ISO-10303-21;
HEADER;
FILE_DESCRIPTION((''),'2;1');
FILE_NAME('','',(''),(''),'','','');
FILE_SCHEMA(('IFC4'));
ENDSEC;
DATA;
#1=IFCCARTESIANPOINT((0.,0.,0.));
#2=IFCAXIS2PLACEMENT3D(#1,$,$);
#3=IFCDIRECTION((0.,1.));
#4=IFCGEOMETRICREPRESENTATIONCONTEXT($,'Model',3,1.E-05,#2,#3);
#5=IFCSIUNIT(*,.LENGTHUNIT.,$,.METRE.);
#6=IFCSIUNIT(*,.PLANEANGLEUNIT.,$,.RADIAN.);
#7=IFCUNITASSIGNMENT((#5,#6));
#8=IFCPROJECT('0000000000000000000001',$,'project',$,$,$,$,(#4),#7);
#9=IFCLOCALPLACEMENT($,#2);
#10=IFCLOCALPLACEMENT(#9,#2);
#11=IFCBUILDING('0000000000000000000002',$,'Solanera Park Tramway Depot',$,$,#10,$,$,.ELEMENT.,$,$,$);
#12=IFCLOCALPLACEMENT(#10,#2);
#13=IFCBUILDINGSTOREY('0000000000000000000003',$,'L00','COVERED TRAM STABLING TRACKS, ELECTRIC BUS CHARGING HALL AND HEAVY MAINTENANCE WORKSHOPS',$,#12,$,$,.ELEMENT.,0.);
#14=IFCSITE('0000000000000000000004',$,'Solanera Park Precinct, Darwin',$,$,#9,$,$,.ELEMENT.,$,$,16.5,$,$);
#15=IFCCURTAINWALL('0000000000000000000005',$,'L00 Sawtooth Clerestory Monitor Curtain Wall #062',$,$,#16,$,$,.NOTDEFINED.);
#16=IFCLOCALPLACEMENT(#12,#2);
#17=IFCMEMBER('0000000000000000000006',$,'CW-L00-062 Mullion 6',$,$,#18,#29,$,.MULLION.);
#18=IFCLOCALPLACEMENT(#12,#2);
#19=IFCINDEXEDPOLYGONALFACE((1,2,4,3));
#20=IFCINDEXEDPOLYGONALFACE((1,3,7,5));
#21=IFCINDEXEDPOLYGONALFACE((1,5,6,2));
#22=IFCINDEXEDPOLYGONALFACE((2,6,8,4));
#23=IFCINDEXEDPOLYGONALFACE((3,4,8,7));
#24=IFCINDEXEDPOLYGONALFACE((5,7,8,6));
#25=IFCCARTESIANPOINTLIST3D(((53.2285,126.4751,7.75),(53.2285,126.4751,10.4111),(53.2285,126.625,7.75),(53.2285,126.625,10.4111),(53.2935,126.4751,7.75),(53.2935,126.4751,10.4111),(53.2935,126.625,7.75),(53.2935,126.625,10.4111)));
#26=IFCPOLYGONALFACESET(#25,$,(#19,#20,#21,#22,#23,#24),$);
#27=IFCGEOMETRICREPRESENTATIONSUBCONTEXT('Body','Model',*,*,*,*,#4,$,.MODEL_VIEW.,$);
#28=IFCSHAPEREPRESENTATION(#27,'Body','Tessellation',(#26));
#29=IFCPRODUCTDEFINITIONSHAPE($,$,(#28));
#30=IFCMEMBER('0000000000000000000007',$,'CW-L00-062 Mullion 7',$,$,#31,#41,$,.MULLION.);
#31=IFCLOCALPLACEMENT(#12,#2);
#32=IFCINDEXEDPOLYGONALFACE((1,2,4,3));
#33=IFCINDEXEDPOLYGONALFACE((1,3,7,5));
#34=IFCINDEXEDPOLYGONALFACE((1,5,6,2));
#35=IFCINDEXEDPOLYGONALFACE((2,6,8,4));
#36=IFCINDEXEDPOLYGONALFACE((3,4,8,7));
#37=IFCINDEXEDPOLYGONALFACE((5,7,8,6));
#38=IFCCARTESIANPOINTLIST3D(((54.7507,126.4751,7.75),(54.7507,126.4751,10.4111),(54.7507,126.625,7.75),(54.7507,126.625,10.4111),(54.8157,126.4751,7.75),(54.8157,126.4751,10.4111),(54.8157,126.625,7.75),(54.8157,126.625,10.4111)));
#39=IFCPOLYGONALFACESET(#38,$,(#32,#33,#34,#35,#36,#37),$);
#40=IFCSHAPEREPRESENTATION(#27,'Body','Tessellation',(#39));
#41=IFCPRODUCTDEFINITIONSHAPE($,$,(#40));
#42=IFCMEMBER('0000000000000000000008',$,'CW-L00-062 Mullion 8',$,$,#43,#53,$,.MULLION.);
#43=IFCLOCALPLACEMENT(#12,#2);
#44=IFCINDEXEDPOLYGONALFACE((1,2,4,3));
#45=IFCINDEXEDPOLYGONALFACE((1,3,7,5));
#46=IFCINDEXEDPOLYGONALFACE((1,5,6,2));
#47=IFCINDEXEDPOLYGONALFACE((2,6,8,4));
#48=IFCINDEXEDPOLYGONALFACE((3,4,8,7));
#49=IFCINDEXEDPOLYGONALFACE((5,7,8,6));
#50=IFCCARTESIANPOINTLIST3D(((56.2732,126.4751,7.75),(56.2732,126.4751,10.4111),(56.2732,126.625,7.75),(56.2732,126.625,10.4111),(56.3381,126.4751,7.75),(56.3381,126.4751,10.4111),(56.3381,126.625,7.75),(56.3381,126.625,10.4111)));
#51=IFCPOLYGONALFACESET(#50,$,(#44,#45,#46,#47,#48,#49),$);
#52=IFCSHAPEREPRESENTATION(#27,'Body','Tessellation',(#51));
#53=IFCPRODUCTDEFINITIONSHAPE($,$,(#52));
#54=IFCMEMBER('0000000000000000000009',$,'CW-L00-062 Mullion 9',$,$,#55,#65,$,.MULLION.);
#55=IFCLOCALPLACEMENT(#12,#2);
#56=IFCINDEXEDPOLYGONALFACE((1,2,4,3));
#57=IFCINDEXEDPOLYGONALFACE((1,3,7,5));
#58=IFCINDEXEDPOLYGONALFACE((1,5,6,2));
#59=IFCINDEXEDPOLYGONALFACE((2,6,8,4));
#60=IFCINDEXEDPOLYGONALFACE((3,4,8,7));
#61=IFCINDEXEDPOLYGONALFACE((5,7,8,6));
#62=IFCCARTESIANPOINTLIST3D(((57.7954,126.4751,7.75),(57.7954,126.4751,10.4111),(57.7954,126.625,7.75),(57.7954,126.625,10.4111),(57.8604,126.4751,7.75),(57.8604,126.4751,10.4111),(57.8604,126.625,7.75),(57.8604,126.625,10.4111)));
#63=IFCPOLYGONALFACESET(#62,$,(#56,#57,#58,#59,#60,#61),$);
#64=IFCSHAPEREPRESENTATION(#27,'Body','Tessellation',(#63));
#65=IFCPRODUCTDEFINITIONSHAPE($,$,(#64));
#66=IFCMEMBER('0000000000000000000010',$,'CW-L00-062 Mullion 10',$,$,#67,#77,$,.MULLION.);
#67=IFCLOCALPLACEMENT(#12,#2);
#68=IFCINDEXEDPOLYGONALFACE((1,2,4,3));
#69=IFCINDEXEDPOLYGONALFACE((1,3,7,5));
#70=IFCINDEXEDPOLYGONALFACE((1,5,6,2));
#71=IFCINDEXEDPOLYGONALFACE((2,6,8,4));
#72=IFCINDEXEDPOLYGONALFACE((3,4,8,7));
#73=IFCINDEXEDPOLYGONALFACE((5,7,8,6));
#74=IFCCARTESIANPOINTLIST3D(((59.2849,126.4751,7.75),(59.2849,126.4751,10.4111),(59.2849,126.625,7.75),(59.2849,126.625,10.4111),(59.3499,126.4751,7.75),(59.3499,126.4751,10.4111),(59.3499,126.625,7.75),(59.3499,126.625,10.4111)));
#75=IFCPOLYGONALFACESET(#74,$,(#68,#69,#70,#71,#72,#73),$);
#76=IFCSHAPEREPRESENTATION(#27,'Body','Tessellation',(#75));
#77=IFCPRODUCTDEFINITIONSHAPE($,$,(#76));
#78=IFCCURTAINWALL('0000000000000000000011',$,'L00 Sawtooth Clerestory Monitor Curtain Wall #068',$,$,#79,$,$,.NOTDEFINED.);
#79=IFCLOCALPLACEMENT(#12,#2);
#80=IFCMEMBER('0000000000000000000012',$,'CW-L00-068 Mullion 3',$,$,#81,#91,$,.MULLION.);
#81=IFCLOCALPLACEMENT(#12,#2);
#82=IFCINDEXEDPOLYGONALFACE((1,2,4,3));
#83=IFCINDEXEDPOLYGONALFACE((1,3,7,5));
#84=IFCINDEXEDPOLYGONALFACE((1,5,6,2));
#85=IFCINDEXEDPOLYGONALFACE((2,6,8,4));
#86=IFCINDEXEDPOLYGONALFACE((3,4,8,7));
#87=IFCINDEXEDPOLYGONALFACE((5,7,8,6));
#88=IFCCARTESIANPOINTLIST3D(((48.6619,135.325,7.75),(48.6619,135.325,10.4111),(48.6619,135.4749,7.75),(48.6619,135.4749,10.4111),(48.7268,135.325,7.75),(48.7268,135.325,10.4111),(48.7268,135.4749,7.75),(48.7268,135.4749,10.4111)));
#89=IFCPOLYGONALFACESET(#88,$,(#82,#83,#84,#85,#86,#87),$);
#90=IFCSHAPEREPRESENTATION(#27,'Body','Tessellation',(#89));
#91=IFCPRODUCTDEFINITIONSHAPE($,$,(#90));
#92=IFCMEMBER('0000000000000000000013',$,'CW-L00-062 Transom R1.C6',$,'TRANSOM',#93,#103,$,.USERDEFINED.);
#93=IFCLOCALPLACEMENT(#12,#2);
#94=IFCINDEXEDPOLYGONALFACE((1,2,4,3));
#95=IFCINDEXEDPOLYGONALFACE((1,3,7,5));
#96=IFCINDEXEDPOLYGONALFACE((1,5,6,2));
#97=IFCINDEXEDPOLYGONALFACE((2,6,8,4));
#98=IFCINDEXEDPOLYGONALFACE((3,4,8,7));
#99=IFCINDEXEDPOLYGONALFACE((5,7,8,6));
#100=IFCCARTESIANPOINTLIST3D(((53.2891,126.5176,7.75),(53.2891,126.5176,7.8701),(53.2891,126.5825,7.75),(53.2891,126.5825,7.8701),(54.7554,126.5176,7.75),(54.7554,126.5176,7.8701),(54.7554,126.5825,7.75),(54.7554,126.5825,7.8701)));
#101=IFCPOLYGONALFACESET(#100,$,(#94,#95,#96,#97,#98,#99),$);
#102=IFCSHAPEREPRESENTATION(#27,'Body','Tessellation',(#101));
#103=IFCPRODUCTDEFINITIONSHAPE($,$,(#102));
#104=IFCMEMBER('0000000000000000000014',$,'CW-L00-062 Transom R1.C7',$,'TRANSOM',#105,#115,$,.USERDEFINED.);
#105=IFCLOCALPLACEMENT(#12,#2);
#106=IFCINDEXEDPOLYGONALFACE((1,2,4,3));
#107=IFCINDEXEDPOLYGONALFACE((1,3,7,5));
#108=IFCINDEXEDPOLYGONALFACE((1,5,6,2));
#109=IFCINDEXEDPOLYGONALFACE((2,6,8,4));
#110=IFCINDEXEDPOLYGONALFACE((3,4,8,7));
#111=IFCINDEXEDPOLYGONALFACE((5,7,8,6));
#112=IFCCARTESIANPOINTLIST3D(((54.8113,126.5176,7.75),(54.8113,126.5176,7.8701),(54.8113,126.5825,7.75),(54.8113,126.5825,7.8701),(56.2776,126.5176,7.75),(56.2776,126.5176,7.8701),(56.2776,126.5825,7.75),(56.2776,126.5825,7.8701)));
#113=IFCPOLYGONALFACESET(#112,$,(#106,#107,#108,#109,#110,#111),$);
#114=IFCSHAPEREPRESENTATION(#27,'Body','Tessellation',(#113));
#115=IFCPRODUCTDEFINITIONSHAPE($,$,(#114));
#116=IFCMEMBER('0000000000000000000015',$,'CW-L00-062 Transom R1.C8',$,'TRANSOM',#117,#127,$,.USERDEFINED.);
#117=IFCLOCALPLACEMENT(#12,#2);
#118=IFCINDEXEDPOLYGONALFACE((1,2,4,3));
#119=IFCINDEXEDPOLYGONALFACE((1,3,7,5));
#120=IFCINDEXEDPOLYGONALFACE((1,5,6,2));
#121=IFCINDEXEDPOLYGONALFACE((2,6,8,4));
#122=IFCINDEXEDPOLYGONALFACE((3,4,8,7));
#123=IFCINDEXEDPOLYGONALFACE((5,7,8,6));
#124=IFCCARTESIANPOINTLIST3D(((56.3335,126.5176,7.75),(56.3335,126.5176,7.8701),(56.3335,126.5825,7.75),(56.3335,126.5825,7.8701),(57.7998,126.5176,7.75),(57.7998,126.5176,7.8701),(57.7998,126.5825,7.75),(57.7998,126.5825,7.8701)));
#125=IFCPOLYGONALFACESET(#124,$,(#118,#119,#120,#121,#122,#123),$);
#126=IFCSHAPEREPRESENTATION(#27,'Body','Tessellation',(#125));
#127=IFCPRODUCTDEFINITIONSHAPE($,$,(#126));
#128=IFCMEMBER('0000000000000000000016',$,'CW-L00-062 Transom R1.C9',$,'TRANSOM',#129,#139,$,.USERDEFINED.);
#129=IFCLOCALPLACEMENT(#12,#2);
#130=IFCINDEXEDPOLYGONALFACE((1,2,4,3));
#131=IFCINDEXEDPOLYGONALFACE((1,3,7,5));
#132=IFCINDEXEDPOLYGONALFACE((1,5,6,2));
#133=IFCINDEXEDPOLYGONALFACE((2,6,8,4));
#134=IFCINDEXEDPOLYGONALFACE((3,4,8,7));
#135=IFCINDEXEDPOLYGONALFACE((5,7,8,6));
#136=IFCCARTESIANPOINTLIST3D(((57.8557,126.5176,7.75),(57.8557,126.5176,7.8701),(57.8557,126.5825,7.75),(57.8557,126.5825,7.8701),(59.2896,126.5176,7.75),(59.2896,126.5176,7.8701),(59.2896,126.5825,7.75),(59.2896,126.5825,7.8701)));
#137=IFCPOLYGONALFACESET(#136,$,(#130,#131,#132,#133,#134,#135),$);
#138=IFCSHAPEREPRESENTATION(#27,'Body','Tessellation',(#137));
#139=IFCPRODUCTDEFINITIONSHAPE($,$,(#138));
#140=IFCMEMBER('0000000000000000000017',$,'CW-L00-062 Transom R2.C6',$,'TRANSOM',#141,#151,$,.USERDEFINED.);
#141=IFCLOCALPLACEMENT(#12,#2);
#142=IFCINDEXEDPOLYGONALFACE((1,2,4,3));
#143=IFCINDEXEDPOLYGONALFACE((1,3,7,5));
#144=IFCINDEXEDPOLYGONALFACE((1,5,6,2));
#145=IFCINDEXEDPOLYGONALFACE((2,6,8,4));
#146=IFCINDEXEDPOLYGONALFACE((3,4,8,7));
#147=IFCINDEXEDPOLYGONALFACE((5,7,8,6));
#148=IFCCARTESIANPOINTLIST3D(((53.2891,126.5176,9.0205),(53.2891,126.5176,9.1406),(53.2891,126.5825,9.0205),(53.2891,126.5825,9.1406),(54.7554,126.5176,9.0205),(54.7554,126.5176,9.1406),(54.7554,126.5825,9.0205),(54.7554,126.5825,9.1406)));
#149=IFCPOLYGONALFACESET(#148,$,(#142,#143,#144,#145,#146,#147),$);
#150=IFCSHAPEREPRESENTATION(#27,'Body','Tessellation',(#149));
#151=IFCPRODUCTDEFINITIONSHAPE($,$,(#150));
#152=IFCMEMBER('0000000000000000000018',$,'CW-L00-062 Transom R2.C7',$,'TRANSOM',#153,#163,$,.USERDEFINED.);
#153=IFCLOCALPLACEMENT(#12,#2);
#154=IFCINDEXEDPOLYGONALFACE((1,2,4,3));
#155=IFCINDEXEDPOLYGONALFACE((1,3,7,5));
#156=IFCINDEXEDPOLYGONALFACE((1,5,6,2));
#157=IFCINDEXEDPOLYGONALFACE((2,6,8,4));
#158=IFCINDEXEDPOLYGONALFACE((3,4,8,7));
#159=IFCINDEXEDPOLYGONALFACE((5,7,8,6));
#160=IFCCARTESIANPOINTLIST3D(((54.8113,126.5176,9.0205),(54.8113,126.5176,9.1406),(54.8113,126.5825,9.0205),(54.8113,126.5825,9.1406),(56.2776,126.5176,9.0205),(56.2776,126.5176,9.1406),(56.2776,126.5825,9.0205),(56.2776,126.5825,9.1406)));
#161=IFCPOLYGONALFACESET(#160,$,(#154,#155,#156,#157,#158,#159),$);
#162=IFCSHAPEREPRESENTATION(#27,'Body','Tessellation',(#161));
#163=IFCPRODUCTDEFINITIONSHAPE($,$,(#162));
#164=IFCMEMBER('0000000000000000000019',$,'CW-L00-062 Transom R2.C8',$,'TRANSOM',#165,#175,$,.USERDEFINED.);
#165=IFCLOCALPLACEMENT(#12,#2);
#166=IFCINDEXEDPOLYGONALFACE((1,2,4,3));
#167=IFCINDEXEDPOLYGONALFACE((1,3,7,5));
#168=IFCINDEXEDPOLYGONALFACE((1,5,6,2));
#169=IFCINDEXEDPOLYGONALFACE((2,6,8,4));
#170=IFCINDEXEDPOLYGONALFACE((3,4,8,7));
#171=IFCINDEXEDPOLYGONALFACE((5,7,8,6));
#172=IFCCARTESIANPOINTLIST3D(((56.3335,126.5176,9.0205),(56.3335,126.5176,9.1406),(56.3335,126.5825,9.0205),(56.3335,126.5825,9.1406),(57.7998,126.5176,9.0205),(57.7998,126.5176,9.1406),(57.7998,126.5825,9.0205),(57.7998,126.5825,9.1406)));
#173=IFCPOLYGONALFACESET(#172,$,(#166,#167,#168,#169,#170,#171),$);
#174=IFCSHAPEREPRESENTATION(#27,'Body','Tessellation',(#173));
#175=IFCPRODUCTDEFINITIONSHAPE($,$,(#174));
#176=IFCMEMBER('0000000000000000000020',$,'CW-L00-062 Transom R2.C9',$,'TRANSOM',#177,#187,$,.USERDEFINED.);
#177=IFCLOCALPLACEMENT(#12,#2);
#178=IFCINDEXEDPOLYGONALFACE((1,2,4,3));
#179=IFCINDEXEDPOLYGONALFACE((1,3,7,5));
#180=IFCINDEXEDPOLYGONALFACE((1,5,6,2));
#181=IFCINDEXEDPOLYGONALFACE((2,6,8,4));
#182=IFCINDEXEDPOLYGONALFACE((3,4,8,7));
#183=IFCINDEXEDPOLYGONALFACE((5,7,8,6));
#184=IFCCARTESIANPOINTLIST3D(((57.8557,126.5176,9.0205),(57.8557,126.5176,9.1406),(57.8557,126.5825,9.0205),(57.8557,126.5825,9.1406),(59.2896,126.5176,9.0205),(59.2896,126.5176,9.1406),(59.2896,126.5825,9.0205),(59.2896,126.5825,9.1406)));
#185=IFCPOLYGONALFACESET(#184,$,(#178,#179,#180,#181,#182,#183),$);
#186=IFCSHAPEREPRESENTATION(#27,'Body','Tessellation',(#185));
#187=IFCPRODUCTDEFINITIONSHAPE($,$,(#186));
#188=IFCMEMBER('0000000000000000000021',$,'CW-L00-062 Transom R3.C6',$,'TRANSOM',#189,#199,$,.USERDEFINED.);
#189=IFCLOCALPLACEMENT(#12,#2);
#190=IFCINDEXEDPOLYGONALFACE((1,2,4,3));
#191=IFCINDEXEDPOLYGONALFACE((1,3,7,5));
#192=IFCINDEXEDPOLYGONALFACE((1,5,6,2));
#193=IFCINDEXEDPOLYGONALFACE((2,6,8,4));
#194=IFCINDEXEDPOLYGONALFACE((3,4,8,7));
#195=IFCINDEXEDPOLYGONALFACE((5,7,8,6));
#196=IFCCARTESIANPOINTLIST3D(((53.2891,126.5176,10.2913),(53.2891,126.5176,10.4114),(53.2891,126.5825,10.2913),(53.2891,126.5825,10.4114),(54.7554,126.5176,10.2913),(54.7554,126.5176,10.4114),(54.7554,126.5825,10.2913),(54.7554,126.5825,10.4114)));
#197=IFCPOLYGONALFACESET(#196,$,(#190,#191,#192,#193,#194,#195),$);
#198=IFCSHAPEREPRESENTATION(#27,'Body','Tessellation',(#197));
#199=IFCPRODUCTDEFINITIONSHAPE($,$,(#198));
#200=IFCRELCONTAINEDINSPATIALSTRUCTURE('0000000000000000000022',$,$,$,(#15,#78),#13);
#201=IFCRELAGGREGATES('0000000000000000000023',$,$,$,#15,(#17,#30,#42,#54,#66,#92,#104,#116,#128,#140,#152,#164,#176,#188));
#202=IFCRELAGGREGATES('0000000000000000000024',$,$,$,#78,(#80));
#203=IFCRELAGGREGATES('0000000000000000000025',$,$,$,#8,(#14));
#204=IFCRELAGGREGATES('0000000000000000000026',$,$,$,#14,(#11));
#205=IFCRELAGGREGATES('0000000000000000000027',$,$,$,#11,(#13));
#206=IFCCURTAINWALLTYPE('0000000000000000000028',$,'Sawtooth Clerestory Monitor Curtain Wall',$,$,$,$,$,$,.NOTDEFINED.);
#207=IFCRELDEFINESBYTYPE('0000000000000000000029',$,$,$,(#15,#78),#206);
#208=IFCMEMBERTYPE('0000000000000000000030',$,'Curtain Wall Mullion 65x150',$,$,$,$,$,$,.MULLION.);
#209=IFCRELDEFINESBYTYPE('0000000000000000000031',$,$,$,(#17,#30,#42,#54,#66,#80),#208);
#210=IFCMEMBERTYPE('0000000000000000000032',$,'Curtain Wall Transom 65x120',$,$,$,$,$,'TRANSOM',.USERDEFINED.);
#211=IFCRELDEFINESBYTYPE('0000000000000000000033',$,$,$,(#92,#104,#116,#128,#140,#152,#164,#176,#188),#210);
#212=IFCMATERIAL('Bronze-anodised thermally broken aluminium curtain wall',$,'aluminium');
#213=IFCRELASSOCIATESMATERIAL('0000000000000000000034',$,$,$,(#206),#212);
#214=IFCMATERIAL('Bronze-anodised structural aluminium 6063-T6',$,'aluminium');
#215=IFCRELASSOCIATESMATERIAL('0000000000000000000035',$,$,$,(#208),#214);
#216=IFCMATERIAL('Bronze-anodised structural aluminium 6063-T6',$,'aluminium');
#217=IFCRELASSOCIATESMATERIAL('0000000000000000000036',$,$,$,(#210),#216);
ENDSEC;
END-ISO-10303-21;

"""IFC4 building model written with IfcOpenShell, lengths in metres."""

from ifc_helpers import new_model, si_unit, direction, frame, origin, origin_2d, place, context, subcontext, project, spatial, rectangle, extrude, material, material_profile, profile_set, type_object, element, aggregate, save


model = new_model("IFC4")

# Units and contexts
model_context = context("Model", 3, precision=1e-05, world=origin(), true_north=direction((0.0, 1.0)))
body_context = subcontext(model_context, "Body", "Model", "MODEL_VIEW")
ifc_project = project(units=[si_unit("LENGTHUNIT", "METRE"), si_unit("PLANEANGLEUNIT", "RADIAN")], contexts=[model_context])

# Site, building, storey
site_placement = place(None, origin())
site = spatial("IfcSite", under=ifc_project, at=site_placement, Name="Solanera Park Precinct, Darwin", CompositionType="ELEMENT", RefElevation=16.5)
building_placement = place(site_placement, origin())
building = spatial("IfcBuilding", under=site, at=building_placement, Name="Solanera Park Tramway Depot", CompositionType="ELEMENT")
storey_placement = place(building_placement, origin())
storey = spatial("IfcBuildingStorey", under=building, at=storey_placement, Name="L00", Description="COVERED TRAM STABLING TRACKS, ELECTRIC BUS CHARGING HALL AND HEAVY MAINTENANCE WORKSHOPS", CompositionType="ELEMENT", Elevation=0.0)

# Curtain wall, members
ifc_material_1 = material(Name="Bronze-anodised thermally broken aluminium curtain wall", Category="aluminium")
curtain_wall_type = type_object("IfcCurtainWallType", Name="Sawtooth Clerestory Monitor Curtain Wall", PredefinedType="NOTDEFINED", material=ifc_material_1)
curtain_wall_1_placement = place(storey_placement, origin())
curtain_wall_1 = element("IfcCurtainWall", 1, at=curtain_wall_1_placement, inside=storey, type_object=curtain_wall_type, Name="L00 Sawtooth Clerestory Monitor Curtain Wall #062", PredefinedType="NOTDEFINED")
ifc_material_2 = material(Name="Bronze-anodised structural aluminium 6063-T6", Category="aluminium")
ifc_material_profile_1 = material_profile(ifc_material_2, rectangle(XDim=0.0649, YDim=0.1499, at=origin_2d()), Name="Curtain Wall Mullion 65x150")
ifc_profile_set_1 = profile_set([ifc_material_profile_1], Name="Bronze-anodised structural aluminium 6063-T6")
member_type_1 = type_object("IfcMemberType", Name="Curtain Wall Mullion 65x150", PredefinedType="MULLION", material=ifc_profile_set_1)
member_1_placement = place(storey_placement, frame((53.261, 126.55, 7.75), z_axis=(0.0, 0.0, 1.0), x_axis=(1.0, 0.0, 0.0)))
member_1 = element("IfcMember", 2, at=member_1_placement, type_object=member_type_1, Name="CW-L00-062 Mullion 6", PredefinedType="MULLION", context=body_context, shape_type="SweptSolid", body=[
    extrude(rectangle(XDim=0.0649, YDim=0.1499, at=origin_2d()), origin(), (0.0, 0.0, 1.0), 2.6611),
])
member_2_placement = place(storey_placement, frame((54.7832, 126.55, 7.75), z_axis=(0.0, 0.0, 1.0), x_axis=(1.0, 0.0, 0.0)))
member_2 = element("IfcMember", 3, at=member_2_placement, type_object=member_type_1, Name="CW-L00-062 Mullion 7", PredefinedType="MULLION", context=body_context, shape_type="SweptSolid", body=[
    extrude(rectangle(XDim=0.0649, YDim=0.1499, at=origin_2d()), origin(), (0.0, 0.0, 1.0), 2.6611),
])
member_3_placement = place(storey_placement, frame((56.3057, 126.55, 7.75), z_axis=(0.0, 0.0, 1.0), x_axis=(1.0, 0.0, 0.0)))
member_3 = element("IfcMember", 4, at=member_3_placement, type_object=member_type_1, Name="CW-L00-062 Mullion 8", PredefinedType="MULLION", context=body_context, shape_type="SweptSolid", body=[
    extrude(rectangle(XDim=0.0649, YDim=0.1499, at=origin_2d()), origin(), (0.0, 0.0, 1.0), 2.6611),
])
member_4_placement = place(storey_placement, frame((57.8279, 126.55, 7.75), z_axis=(0.0, 0.0, 1.0), x_axis=(1.0, 0.0, 0.0)))
member_4 = element("IfcMember", 5, at=member_4_placement, type_object=member_type_1, Name="CW-L00-062 Mullion 9", PredefinedType="MULLION", context=body_context, shape_type="SweptSolid", body=[
    extrude(rectangle(XDim=0.0649, YDim=0.1499, at=origin_2d()), origin(), (0.0, 0.0, 1.0), 2.6611),
])
member_5_placement = place(storey_placement, frame((59.3174, 126.55, 7.75), z_axis=(0.0, 0.0, 1.0), x_axis=(1.0, 0.0, 0.0)))
member_5 = element("IfcMember", 6, at=member_5_placement, type_object=member_type_1, Name="CW-L00-062 Mullion 10", PredefinedType="MULLION", context=body_context, shape_type="SweptSolid", body=[
    extrude(rectangle(XDim=0.0649, YDim=0.1499, at=origin_2d()), origin(), (0.0, 0.0, 1.0), 2.6611),
])

# Curtain wall, member
curtain_wall_2_placement = place(storey_placement, origin())
curtain_wall_2 = element("IfcCurtainWall", 7, at=curtain_wall_2_placement, inside=storey, type_object=curtain_wall_type, Name="L00 Sawtooth Clerestory Monitor Curtain Wall #068", PredefinedType="NOTDEFINED")
member_6_placement = place(storey_placement, frame((48.6943, 135.3999, 7.75), z_axis=(0.0, 0.0, 1.0), x_axis=(1.0, 0.0, 0.0)))
member_6 = element("IfcMember", 8, at=member_6_placement, type_object=member_type_1, Name="CW-L00-068 Mullion 3", PredefinedType="MULLION", context=body_context, shape_type="SweptSolid", body=[
    extrude(rectangle(XDim=0.0649, YDim=0.1499, at=origin_2d()), origin(), (0.0, 0.0, 1.0), 2.6611),
])

# Members
ifc_material_3 = material(Name="Bronze-anodised structural aluminium 6063-T6", Category="aluminium")
ifc_material_profile_2 = material_profile(ifc_material_3, rectangle(XDim=0.0649, YDim=0.1201, at=origin_2d()), Name="Curtain Wall Transom 65x120")
ifc_profile_set_2 = profile_set([ifc_material_profile_2], Name="Bronze-anodised structural aluminium 6063-T6")
member_type_2 = type_object("IfcMemberType", Name="Curtain Wall Transom 65x120", ElementType="TRANSOM", PredefinedType="USERDEFINED", material=ifc_profile_set_2)
member_7_placement = place(storey_placement, frame((53.2891, 126.55, 7.8101), z_axis=(1.0, 0.0, 0.0), x_axis=(0.0, 1.0, 0.0)))
member_7 = element("IfcMember", 9, at=member_7_placement, type_object=member_type_2, Name="CW-L00-062 Transom R1.C6", ObjectType="TRANSOM", PredefinedType="USERDEFINED", context=body_context, shape_type="SweptSolid", body=[
    extrude(rectangle(XDim=0.0649, YDim=0.1201, at=origin_2d()), origin(), (0.0, 0.0, 1.0), 1.4663),
])
member_8_placement = place(storey_placement, frame((54.8113, 126.55, 7.8101), z_axis=(1.0, 0.0, 0.0), x_axis=(0.0, 1.0, 0.0)))
member_8 = element("IfcMember", 10, at=member_8_placement, type_object=member_type_2, Name="CW-L00-062 Transom R1.C7", ObjectType="TRANSOM", PredefinedType="USERDEFINED", context=body_context, shape_type="SweptSolid", body=[
    extrude(rectangle(XDim=0.0649, YDim=0.1201, at=origin_2d()), origin(), (0.0, 0.0, 1.0), 1.4663),
])
member_9_placement = place(storey_placement, frame((56.3335, 126.55, 7.8101), z_axis=(1.0, 0.0, 0.0), x_axis=(0.0, 1.0, 0.0)))
member_9 = element("IfcMember", 11, at=member_9_placement, type_object=member_type_2, Name="CW-L00-062 Transom R1.C8", ObjectType="TRANSOM", PredefinedType="USERDEFINED", context=body_context, shape_type="SweptSolid", body=[
    extrude(rectangle(XDim=0.0649, YDim=0.1201, at=origin_2d()), origin(), (0.0, 0.0, 1.0), 1.4663),
])
member_10_placement = place(storey_placement, frame((57.8557, 126.55, 7.8101), z_axis=(1.0, 0.0, 0.0), x_axis=(0.0, 1.0, 0.0)))
member_10 = element("IfcMember", 12, at=member_10_placement, type_object=member_type_2, Name="CW-L00-062 Transom R1.C9", ObjectType="TRANSOM", PredefinedType="USERDEFINED", context=body_context, shape_type="SweptSolid", body=[
    extrude(rectangle(XDim=0.0649, YDim=0.1201, at=origin_2d()), origin(), (0.0, 0.0, 1.0), 1.4338),
])
member_11_placement = place(storey_placement, frame((53.2891, 126.55, 9.0806), z_axis=(1.0, 0.0, 0.0), x_axis=(0.0, 1.0, 0.0)))
member_11 = element("IfcMember", 13, at=member_11_placement, type_object=member_type_2, Name="CW-L00-062 Transom R2.C6", ObjectType="TRANSOM", PredefinedType="USERDEFINED", context=body_context, shape_type="SweptSolid", body=[
    extrude(rectangle(XDim=0.0649, YDim=0.1201, at=origin_2d()), origin(), (0.0, 0.0, 1.0), 1.4663),
])
member_12_placement = place(storey_placement, frame((54.8113, 126.55, 9.0806), z_axis=(1.0, 0.0, 0.0), x_axis=(0.0, 1.0, 0.0)))
member_12 = element("IfcMember", 14, at=member_12_placement, type_object=member_type_2, Name="CW-L00-062 Transom R2.C7", ObjectType="TRANSOM", PredefinedType="USERDEFINED", context=body_context, shape_type="SweptSolid", body=[
    extrude(rectangle(XDim=0.0649, YDim=0.1201, at=origin_2d()), origin(), (0.0, 0.0, 1.0), 1.4663),
])
member_13_placement = place(storey_placement, frame((56.3335, 126.55, 9.0806), z_axis=(1.0, 0.0, 0.0), x_axis=(0.0, 1.0, 0.0)))
member_13 = element("IfcMember", 15, at=member_13_placement, type_object=member_type_2, Name="CW-L00-062 Transom R2.C8", ObjectType="TRANSOM", PredefinedType="USERDEFINED", context=body_context, shape_type="SweptSolid", body=[
    extrude(rectangle(XDim=0.0649, YDim=0.1201, at=origin_2d()), origin(), (0.0, 0.0, 1.0), 1.4663),
])
member_14_placement = place(storey_placement, frame((57.8557, 126.55, 9.0806), z_axis=(1.0, 0.0, 0.0), x_axis=(0.0, 1.0, 0.0)))
member_14 = element("IfcMember", 16, at=member_14_placement, type_object=member_type_2, Name="CW-L00-062 Transom R2.C9", ObjectType="TRANSOM", PredefinedType="USERDEFINED", context=body_context, shape_type="SweptSolid", body=[
    extrude(rectangle(XDim=0.0649, YDim=0.1201, at=origin_2d()), origin(), (0.0, 0.0, 1.0), 1.4338),
])
member_15_placement = place(storey_placement, frame((53.2891, 126.55, 10.3513), z_axis=(1.0, 0.0, 0.0), x_axis=(0.0, 1.0, 0.0)))
member_15 = element("IfcMember", 17, at=member_15_placement, type_object=member_type_2, Name="CW-L00-062 Transom R3.C6", ObjectType="TRANSOM", PredefinedType="USERDEFINED", context=body_context, shape_type="SweptSolid", body=[
    extrude(rectangle(XDim=0.0649, YDim=0.1201, at=origin_2d()), origin(), (0.0, 0.0, 1.0), 1.4663),
])

aggregate(curtain_wall_1, [member_1, member_2, member_3, member_4, member_5, member_7, member_8, member_9, member_10, member_11, member_12, member_13, member_14, member_15])
aggregate(curtain_wall_2, [member_6])

save(model, "model.ifc")
